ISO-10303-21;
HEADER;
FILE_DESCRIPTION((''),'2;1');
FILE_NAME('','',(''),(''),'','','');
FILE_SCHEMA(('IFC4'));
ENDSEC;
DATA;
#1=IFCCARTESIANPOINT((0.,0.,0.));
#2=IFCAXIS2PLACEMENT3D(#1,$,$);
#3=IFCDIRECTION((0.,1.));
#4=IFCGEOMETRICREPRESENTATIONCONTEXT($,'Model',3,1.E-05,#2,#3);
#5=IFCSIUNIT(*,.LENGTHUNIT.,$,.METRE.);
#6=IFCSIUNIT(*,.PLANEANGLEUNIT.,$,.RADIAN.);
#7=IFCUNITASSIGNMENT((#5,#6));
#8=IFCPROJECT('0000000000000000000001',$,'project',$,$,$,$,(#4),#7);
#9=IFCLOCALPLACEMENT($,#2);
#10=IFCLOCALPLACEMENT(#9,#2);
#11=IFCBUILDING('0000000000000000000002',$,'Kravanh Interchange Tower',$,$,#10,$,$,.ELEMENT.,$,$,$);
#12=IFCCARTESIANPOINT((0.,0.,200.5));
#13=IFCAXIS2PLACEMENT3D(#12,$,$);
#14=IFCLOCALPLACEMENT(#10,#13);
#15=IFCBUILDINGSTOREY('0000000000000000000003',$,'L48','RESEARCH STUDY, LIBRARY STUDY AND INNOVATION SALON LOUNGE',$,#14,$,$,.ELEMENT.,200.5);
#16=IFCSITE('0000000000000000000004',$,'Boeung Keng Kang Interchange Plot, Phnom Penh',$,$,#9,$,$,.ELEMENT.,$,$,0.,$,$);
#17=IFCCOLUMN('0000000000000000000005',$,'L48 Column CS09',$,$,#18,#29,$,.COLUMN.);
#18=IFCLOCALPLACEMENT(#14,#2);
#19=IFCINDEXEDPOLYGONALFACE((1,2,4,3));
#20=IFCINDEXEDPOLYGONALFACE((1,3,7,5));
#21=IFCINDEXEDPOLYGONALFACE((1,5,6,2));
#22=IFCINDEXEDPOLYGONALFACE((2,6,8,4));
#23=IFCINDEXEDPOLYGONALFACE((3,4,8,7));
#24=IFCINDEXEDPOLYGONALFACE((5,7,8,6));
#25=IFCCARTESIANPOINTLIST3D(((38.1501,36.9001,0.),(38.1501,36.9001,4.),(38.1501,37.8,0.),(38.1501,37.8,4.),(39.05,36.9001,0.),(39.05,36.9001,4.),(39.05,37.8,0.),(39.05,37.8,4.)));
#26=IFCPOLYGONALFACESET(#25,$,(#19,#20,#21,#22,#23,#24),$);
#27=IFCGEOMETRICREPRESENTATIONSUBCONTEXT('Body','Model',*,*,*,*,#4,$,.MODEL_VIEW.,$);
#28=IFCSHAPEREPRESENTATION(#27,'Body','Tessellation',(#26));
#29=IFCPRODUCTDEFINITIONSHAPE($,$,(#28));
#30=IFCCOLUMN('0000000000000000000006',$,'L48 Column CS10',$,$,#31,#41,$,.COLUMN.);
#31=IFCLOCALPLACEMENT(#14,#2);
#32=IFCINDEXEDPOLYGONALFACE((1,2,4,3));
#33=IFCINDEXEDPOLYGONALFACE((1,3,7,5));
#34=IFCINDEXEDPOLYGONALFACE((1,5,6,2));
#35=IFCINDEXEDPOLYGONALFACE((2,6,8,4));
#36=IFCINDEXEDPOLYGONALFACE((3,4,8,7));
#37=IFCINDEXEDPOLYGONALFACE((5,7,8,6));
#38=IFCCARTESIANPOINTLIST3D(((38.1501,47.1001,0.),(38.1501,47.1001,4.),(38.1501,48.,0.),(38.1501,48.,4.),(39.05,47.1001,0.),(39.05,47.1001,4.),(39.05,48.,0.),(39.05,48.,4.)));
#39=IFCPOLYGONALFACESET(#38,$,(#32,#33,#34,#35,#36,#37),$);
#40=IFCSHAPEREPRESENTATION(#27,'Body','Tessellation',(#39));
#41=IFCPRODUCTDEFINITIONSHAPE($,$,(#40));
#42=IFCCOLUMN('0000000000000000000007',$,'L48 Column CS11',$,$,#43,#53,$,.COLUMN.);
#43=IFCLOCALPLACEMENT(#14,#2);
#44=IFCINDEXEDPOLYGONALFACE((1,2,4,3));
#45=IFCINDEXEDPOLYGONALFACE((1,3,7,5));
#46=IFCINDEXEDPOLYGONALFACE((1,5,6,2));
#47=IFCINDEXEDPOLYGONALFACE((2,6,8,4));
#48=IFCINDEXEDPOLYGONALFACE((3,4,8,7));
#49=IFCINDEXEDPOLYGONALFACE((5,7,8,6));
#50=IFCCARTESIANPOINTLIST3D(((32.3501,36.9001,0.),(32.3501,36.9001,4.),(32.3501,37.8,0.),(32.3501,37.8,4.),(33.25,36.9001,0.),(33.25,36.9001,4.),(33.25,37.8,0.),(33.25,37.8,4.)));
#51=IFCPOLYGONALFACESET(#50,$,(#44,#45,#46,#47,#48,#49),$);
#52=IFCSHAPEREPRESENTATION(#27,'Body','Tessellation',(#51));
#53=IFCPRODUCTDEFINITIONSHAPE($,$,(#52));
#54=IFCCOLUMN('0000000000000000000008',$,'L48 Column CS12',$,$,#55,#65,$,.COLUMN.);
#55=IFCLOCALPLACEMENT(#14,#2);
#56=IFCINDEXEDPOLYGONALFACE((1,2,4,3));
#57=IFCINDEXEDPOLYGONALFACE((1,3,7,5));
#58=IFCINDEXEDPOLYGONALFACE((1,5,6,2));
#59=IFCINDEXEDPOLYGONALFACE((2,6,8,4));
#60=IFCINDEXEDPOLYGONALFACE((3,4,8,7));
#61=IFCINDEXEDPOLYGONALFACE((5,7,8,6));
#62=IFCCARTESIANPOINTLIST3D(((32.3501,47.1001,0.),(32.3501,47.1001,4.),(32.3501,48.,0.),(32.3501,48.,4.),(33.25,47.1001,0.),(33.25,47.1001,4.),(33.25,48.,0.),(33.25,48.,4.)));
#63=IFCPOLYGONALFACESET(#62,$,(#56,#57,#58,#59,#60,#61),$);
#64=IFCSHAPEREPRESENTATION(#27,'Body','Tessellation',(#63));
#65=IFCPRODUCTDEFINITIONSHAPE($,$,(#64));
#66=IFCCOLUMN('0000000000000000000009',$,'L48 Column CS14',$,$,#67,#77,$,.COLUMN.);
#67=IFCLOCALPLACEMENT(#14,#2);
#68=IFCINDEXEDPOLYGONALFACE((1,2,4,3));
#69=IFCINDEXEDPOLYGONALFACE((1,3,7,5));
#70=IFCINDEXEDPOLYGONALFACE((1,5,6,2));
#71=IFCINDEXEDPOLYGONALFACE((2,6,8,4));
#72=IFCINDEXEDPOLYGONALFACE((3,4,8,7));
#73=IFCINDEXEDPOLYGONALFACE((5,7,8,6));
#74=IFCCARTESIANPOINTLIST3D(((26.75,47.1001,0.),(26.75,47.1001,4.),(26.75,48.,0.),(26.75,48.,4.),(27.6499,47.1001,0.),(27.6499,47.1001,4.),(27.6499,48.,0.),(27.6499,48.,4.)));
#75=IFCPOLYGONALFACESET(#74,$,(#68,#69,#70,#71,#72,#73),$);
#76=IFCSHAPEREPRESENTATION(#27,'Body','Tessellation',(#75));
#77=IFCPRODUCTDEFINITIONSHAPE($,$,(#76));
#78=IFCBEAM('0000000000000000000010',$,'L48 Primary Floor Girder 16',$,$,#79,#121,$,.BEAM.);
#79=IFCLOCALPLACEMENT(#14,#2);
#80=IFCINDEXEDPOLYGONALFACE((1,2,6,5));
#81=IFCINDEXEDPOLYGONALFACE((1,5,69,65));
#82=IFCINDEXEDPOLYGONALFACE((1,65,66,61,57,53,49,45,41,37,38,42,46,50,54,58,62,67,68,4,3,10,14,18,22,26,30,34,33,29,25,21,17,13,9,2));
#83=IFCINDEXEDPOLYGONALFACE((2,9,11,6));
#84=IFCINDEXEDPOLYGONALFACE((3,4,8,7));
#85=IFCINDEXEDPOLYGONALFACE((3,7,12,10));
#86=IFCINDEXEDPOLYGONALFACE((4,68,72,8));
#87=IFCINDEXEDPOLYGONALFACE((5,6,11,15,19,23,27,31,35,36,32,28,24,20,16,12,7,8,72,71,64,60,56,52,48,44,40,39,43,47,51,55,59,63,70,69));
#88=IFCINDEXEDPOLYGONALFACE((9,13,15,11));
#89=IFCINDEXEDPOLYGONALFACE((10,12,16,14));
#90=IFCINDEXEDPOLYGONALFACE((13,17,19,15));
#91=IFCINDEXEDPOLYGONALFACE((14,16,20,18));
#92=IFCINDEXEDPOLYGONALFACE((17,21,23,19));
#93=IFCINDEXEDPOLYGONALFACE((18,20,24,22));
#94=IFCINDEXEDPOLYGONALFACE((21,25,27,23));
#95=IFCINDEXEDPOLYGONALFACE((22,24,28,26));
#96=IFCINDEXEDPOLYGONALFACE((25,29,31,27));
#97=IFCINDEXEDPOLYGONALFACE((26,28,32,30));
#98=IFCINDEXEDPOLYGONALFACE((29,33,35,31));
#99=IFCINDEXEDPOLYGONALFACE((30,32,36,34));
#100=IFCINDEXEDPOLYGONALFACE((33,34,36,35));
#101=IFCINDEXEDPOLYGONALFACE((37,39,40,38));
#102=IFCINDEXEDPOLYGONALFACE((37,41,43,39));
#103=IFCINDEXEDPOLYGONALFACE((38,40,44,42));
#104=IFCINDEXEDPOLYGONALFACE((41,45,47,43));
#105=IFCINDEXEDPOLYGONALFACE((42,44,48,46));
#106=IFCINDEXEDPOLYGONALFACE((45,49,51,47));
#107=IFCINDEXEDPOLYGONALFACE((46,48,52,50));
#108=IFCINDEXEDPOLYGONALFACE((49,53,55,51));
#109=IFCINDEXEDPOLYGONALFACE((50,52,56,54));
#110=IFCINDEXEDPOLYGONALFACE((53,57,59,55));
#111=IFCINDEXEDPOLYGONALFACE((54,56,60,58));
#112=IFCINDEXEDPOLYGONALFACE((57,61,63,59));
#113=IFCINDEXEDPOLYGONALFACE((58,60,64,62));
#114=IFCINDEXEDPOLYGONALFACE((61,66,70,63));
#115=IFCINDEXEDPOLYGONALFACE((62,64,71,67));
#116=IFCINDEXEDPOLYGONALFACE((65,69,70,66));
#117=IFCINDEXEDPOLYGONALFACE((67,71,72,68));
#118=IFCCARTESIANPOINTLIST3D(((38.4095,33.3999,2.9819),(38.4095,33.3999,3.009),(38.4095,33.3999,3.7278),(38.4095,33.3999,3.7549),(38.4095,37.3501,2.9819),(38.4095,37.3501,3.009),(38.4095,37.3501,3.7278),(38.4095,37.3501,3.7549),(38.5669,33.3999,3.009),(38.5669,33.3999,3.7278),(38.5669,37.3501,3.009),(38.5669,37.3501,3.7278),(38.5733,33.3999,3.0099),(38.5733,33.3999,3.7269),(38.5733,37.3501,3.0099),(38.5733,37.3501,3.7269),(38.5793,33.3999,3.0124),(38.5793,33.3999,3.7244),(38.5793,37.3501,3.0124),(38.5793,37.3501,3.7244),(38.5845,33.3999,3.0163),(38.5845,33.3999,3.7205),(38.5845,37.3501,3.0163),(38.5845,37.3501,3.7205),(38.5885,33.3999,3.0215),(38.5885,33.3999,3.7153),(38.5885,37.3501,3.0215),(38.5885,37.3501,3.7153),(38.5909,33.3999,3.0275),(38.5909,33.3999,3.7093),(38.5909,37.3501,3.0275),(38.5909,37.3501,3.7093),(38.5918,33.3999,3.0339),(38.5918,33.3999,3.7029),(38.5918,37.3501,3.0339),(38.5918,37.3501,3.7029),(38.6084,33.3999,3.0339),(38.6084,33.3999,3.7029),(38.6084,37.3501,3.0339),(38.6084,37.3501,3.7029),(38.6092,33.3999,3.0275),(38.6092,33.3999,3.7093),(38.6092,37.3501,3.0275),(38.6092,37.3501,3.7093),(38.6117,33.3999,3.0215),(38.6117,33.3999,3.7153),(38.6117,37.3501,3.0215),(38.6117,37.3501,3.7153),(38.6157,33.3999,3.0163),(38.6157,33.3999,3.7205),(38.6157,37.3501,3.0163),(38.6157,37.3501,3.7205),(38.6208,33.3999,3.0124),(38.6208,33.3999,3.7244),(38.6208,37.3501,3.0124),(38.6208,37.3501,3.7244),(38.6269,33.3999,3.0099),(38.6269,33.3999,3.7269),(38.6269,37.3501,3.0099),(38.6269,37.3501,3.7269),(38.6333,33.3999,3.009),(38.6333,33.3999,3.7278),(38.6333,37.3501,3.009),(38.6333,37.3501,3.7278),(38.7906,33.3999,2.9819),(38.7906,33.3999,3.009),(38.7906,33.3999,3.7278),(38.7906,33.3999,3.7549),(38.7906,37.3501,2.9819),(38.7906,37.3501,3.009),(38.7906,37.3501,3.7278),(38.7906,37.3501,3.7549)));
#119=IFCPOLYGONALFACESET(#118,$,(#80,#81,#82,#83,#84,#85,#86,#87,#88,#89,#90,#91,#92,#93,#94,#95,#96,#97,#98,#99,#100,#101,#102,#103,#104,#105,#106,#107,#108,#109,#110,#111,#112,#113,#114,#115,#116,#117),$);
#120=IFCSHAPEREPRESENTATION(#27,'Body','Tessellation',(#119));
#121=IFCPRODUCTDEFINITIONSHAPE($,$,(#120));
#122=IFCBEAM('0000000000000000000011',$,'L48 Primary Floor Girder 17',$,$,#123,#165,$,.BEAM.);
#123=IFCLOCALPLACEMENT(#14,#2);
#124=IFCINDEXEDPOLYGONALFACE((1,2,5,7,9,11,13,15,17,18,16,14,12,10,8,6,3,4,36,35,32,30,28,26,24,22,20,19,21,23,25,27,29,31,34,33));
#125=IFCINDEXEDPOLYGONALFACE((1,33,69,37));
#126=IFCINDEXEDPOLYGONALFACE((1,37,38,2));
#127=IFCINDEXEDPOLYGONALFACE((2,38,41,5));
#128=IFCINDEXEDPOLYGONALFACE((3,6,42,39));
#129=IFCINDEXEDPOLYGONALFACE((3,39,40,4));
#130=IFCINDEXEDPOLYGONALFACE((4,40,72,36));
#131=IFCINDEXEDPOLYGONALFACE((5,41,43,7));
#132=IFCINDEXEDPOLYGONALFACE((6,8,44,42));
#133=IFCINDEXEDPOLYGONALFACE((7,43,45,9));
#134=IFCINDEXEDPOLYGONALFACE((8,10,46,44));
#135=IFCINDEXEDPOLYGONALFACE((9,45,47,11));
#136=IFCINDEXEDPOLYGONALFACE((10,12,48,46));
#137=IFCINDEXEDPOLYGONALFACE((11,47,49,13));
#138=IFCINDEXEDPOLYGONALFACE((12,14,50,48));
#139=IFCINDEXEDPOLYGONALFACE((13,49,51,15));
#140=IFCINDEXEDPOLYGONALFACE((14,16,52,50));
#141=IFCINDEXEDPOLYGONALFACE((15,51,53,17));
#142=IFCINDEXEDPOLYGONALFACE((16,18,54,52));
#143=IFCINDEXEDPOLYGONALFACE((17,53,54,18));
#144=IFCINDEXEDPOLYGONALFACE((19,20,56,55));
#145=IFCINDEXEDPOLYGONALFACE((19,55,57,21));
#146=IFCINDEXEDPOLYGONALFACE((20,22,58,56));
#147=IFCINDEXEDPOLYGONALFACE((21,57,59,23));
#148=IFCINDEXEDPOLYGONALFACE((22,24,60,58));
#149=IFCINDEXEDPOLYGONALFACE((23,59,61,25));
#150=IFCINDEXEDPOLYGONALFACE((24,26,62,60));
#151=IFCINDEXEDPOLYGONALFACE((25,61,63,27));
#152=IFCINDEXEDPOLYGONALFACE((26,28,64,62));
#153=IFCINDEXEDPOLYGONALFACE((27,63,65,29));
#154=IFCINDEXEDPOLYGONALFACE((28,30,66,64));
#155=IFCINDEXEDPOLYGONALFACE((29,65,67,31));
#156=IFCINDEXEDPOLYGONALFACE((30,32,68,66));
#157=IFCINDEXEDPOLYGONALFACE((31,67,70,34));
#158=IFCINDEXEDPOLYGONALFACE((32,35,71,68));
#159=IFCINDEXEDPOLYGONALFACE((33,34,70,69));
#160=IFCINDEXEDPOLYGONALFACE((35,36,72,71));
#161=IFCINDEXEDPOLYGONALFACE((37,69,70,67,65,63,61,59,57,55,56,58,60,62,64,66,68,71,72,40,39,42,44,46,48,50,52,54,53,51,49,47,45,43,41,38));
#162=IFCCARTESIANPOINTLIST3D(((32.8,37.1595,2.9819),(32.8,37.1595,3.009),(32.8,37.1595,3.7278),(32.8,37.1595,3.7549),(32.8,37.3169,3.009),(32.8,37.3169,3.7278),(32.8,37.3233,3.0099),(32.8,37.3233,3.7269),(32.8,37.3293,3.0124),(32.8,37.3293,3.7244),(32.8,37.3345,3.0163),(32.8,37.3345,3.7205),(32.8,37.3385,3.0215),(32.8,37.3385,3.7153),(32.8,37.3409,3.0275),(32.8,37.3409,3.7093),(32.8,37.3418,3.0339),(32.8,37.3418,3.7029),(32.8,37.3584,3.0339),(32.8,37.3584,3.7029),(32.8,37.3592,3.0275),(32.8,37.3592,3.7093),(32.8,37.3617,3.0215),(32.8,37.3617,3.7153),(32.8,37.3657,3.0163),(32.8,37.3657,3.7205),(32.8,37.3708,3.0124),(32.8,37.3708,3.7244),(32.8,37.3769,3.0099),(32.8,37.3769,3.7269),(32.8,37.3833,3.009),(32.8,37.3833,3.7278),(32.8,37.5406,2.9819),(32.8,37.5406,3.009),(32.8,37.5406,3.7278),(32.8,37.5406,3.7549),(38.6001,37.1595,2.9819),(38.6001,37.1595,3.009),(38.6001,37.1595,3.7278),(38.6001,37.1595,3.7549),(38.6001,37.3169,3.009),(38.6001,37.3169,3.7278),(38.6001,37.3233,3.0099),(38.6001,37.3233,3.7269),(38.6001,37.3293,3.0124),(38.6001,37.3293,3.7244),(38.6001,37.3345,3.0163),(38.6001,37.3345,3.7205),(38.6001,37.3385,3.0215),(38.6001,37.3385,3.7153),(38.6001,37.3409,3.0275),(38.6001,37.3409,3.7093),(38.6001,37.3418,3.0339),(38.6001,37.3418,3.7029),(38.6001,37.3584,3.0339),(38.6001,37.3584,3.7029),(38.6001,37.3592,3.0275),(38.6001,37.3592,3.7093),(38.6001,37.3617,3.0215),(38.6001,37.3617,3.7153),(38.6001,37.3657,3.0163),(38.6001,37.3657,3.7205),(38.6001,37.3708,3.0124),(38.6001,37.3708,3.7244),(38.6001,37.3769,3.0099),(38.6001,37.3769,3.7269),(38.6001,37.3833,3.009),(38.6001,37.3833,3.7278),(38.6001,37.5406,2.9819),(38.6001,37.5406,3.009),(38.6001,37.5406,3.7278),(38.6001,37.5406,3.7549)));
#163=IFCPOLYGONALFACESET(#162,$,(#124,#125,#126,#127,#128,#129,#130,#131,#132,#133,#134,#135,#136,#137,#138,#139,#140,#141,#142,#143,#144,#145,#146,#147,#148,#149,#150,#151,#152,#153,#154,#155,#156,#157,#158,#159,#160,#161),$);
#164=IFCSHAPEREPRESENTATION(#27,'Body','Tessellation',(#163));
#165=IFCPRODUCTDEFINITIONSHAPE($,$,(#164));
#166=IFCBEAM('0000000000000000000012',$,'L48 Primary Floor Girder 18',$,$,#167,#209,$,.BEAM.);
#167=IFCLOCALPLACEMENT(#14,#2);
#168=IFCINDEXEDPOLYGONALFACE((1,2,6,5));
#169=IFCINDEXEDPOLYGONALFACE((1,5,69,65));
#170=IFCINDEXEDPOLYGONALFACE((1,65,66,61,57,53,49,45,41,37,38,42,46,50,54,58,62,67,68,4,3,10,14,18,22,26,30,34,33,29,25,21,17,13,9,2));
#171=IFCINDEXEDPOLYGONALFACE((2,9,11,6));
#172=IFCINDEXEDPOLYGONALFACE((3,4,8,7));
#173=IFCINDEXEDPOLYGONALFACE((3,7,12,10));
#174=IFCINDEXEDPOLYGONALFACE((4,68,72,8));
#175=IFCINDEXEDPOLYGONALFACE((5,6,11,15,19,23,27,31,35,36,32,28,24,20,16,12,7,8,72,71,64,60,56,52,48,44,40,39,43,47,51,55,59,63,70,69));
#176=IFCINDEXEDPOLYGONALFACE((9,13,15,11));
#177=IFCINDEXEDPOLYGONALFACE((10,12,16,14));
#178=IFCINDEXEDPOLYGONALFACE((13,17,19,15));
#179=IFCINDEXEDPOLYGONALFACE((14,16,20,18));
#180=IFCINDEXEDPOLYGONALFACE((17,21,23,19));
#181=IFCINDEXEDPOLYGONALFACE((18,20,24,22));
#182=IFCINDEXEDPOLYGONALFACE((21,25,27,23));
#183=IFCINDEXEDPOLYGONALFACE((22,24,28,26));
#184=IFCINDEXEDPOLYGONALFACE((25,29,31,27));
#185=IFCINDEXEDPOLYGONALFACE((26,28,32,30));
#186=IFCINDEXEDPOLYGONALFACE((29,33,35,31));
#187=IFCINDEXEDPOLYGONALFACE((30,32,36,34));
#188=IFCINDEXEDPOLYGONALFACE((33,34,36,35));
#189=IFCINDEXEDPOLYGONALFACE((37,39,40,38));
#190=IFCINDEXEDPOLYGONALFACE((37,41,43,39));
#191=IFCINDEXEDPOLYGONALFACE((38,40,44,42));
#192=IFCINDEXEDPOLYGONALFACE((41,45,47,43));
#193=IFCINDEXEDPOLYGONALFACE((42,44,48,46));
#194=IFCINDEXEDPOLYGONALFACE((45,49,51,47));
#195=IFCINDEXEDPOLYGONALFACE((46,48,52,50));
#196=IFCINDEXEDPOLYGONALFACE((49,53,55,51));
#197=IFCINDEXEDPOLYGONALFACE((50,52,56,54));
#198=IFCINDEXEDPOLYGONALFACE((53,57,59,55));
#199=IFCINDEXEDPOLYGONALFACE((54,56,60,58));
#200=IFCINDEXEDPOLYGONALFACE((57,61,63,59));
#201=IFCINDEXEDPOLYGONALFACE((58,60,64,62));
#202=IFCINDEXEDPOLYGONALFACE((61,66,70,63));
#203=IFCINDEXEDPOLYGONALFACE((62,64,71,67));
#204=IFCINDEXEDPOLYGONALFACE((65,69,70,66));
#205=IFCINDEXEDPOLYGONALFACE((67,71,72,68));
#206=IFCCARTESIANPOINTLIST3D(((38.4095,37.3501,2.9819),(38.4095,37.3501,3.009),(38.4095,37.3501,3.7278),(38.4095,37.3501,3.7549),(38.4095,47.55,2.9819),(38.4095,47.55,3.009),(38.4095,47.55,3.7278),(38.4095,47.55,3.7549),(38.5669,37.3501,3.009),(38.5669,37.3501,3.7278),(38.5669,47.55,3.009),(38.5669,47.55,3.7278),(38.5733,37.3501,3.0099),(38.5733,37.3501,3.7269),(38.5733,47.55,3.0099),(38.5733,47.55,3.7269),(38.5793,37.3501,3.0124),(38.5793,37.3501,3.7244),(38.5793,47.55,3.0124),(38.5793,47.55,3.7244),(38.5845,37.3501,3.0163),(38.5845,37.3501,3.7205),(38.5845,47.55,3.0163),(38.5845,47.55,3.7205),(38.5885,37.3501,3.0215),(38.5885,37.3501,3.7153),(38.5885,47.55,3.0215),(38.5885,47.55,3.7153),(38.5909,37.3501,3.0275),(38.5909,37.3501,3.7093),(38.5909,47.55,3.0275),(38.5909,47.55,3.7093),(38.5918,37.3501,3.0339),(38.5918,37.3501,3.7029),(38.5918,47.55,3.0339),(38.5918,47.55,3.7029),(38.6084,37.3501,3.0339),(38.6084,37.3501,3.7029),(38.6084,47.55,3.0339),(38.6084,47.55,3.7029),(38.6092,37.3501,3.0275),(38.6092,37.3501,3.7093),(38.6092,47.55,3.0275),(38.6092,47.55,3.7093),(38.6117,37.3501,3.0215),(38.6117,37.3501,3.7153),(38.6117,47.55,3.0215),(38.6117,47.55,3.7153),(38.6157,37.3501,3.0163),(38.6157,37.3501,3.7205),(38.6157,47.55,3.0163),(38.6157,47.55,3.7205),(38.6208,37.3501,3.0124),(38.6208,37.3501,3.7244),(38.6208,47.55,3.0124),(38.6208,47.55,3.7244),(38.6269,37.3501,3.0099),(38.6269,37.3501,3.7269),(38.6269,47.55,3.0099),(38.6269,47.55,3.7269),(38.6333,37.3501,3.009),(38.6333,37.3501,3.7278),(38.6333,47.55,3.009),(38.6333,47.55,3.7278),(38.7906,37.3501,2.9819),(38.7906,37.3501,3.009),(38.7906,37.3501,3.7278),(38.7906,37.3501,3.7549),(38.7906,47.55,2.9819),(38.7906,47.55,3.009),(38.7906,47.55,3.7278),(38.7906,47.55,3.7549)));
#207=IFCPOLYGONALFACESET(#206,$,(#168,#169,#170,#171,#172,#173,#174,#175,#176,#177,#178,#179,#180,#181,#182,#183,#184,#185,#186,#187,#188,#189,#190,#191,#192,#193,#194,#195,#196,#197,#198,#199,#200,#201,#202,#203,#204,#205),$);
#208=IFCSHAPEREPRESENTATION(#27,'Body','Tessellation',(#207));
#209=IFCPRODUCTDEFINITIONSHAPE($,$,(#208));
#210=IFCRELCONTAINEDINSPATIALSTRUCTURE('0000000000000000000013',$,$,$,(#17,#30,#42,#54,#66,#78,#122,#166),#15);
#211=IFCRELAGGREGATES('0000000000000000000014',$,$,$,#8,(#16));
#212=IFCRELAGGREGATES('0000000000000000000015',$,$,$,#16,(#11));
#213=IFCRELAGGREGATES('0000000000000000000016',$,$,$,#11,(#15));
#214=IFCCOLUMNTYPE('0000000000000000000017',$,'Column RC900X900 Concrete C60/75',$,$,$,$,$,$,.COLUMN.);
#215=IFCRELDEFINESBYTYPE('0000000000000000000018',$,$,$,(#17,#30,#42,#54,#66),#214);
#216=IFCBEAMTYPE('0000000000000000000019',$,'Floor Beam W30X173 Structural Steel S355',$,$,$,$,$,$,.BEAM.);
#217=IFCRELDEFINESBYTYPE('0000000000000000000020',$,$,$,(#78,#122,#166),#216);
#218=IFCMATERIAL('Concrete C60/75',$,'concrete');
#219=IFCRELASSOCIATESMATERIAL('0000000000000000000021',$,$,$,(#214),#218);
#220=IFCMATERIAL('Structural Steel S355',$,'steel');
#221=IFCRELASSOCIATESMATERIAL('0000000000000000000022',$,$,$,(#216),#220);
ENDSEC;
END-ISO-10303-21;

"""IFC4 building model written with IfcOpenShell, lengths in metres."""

from ifc_helpers import new_model, si_unit, direction, frame, origin, origin_2d, place, context, subcontext, project, spatial, rectangle, i_section, extrude, material, material_profile, profile_set, type_object, element, save


model = new_model("IFC4")

# Units and contexts
model_context = context("Model", 3, precision=1e-05, world=origin(), true_north=direction((0.0, 1.0)))
body_context = subcontext(model_context, "Body", "Model", "MODEL_VIEW")
ifc_project = project(units=[si_unit("LENGTHUNIT", "METRE"), si_unit("PLANEANGLEUNIT", "RADIAN")], contexts=[model_context])

# Site, building, storey
site_placement = place(None, origin())
site = spatial("IfcSite", under=ifc_project, at=site_placement, Name="Boeung Keng Kang Interchange Plot, Phnom Penh", CompositionType="ELEMENT", RefElevation=0.0)
building_placement = place(site_placement, origin())
building = spatial("IfcBuilding", under=site, at=building_placement, Name="Kravanh Interchange Tower", CompositionType="ELEMENT")
storey_placement = place(building_placement, frame((0.0, 0.0, 200.5)))
storey = spatial("IfcBuildingStorey", under=building, at=storey_placement, Name="L48", Description="RESEARCH STUDY, LIBRARY STUDY AND INNOVATION SALON LOUNGE", CompositionType="ELEMENT", Elevation=200.5)

# Columns
ifc_material_1 = material(Name="Concrete C60/75", Category="concrete")
ifc_material_profile_1 = material_profile(ifc_material_1, rectangle(XDim=0.8999, YDim=0.8999, at=origin_2d()), Name="RC900X900")
ifc_profile_set_1 = profile_set([ifc_material_profile_1], Name="Concrete C60/75")
column_type = type_object("IfcColumnType", Name="Column RC900X900 Concrete C60/75", PredefinedType="COLUMN", material=ifc_profile_set_1)
for number, where, z_axis, x_axis, name in (
    (1, (38.6001, 37.3501, 0.0), (0.0, 0.0, 1.0), (1.0, 0.0, 0.0), "L48 Column CS09"),
    (2, (38.6001, 47.55, 0.0), (0.0, 0.0, 1.0), (1.0, 0.0, 0.0), "L48 Column CS10"),
    (3, (32.8, 37.3501, 0.0), (0.0, 0.0, 1.0), (1.0, 0.0, 0.0), "L48 Column CS11"),
    (4, (32.8, 47.55, 0.0), (0.0, 0.0, 1.0), (1.0, 0.0, 0.0), "L48 Column CS12"),
    (5, (27.2, 47.55, 0.0), (0.0, 0.0, 1.0), (1.0, 0.0, 0.0), "L48 Column CS14"),
):
    element("IfcColumn", number, at=place(storey_placement, frame(where, z_axis=z_axis, x_axis=x_axis)), inside=storey, type_object=column_type, Name=name, PredefinedType="COLUMN", context=body_context, shape_type="SweptSolid", body=[
        extrude(rectangle(XDim=0.8999, YDim=0.8999, at=origin_2d()), origin(), (0.0, 0.0, 1.0), 4.0),
    ])

# Beams
ifc_material_2 = material(Name="Structural Steel S355", Category="steel")
ifc_material_profile_2 = material_profile(ifc_material_2, i_section(OverallWidth=0.3811, OverallDepth=0.7729, WebThickness=0.0166, FlangeThickness=0.0271, FilletRadius=0.0249, at=origin_2d()), Name="W30X173")
ifc_profile_set_2 = profile_set([ifc_material_profile_2], Name="Structural Steel S355")
beam_type = type_object("IfcBeamType", Name="Floor Beam W30X173 Structural Steel S355", PredefinedType="BEAM", material=ifc_profile_set_2)
beam_1_placement = place(storey_placement, frame((38.6001, 37.3501, 3.3684), z_axis=(0.0, -1.0, 0.0), x_axis=(1.0, 0.0, 0.0)))
element("IfcBeam", 6, at=beam_1_placement, inside=storey, type_object=beam_type, Name="L48 Primary Floor Girder 16", PredefinedType="BEAM", context=body_context, shape_type="SweptSolid", body=[
    extrude(i_section(OverallWidth=0.3811, OverallDepth=0.7729, WebThickness=0.0166, FlangeThickness=0.0271, FilletRadius=0.0249, at=origin_2d()), origin(), (0.0, 0.0, 1.0), 3.9502),
])
beam_2_placement = place(storey_placement, frame((38.6001, 37.3501, 3.3684), z_axis=(-1.0, 0.0, 0.0), x_axis=(0.0, -1.0, 0.0)))
element("IfcBeam", 7, at=beam_2_placement, inside=storey, type_object=beam_type, Name="L48 Primary Floor Girder 17", PredefinedType="BEAM", context=body_context, shape_type="SweptSolid", body=[
    extrude(i_section(OverallWidth=0.3811, OverallDepth=0.7729, WebThickness=0.0166, FlangeThickness=0.0271, FilletRadius=0.0249, at=origin_2d()), origin(), (0.0, 0.0, 1.0), 5.8),
])
beam_3_placement = place(storey_placement, frame((38.6001, 37.3501, 3.3684), z_axis=(0.0, 1.0, 0.0), x_axis=(-1.0, 0.0, 0.0)))
element("IfcBeam", 8, at=beam_3_placement, inside=storey, type_object=beam_type, Name="L48 Primary Floor Girder 18", PredefinedType="BEAM", context=body_context, shape_type="SweptSolid", body=[
    extrude(i_section(OverallWidth=0.3811, OverallDepth=0.7729, WebThickness=0.0166, FlangeThickness=0.0271, FilletRadius=0.0249, at=origin_2d()), origin(), (0.0, 0.0, 1.0), 10.2),
])

save(model, "model.ifc")
